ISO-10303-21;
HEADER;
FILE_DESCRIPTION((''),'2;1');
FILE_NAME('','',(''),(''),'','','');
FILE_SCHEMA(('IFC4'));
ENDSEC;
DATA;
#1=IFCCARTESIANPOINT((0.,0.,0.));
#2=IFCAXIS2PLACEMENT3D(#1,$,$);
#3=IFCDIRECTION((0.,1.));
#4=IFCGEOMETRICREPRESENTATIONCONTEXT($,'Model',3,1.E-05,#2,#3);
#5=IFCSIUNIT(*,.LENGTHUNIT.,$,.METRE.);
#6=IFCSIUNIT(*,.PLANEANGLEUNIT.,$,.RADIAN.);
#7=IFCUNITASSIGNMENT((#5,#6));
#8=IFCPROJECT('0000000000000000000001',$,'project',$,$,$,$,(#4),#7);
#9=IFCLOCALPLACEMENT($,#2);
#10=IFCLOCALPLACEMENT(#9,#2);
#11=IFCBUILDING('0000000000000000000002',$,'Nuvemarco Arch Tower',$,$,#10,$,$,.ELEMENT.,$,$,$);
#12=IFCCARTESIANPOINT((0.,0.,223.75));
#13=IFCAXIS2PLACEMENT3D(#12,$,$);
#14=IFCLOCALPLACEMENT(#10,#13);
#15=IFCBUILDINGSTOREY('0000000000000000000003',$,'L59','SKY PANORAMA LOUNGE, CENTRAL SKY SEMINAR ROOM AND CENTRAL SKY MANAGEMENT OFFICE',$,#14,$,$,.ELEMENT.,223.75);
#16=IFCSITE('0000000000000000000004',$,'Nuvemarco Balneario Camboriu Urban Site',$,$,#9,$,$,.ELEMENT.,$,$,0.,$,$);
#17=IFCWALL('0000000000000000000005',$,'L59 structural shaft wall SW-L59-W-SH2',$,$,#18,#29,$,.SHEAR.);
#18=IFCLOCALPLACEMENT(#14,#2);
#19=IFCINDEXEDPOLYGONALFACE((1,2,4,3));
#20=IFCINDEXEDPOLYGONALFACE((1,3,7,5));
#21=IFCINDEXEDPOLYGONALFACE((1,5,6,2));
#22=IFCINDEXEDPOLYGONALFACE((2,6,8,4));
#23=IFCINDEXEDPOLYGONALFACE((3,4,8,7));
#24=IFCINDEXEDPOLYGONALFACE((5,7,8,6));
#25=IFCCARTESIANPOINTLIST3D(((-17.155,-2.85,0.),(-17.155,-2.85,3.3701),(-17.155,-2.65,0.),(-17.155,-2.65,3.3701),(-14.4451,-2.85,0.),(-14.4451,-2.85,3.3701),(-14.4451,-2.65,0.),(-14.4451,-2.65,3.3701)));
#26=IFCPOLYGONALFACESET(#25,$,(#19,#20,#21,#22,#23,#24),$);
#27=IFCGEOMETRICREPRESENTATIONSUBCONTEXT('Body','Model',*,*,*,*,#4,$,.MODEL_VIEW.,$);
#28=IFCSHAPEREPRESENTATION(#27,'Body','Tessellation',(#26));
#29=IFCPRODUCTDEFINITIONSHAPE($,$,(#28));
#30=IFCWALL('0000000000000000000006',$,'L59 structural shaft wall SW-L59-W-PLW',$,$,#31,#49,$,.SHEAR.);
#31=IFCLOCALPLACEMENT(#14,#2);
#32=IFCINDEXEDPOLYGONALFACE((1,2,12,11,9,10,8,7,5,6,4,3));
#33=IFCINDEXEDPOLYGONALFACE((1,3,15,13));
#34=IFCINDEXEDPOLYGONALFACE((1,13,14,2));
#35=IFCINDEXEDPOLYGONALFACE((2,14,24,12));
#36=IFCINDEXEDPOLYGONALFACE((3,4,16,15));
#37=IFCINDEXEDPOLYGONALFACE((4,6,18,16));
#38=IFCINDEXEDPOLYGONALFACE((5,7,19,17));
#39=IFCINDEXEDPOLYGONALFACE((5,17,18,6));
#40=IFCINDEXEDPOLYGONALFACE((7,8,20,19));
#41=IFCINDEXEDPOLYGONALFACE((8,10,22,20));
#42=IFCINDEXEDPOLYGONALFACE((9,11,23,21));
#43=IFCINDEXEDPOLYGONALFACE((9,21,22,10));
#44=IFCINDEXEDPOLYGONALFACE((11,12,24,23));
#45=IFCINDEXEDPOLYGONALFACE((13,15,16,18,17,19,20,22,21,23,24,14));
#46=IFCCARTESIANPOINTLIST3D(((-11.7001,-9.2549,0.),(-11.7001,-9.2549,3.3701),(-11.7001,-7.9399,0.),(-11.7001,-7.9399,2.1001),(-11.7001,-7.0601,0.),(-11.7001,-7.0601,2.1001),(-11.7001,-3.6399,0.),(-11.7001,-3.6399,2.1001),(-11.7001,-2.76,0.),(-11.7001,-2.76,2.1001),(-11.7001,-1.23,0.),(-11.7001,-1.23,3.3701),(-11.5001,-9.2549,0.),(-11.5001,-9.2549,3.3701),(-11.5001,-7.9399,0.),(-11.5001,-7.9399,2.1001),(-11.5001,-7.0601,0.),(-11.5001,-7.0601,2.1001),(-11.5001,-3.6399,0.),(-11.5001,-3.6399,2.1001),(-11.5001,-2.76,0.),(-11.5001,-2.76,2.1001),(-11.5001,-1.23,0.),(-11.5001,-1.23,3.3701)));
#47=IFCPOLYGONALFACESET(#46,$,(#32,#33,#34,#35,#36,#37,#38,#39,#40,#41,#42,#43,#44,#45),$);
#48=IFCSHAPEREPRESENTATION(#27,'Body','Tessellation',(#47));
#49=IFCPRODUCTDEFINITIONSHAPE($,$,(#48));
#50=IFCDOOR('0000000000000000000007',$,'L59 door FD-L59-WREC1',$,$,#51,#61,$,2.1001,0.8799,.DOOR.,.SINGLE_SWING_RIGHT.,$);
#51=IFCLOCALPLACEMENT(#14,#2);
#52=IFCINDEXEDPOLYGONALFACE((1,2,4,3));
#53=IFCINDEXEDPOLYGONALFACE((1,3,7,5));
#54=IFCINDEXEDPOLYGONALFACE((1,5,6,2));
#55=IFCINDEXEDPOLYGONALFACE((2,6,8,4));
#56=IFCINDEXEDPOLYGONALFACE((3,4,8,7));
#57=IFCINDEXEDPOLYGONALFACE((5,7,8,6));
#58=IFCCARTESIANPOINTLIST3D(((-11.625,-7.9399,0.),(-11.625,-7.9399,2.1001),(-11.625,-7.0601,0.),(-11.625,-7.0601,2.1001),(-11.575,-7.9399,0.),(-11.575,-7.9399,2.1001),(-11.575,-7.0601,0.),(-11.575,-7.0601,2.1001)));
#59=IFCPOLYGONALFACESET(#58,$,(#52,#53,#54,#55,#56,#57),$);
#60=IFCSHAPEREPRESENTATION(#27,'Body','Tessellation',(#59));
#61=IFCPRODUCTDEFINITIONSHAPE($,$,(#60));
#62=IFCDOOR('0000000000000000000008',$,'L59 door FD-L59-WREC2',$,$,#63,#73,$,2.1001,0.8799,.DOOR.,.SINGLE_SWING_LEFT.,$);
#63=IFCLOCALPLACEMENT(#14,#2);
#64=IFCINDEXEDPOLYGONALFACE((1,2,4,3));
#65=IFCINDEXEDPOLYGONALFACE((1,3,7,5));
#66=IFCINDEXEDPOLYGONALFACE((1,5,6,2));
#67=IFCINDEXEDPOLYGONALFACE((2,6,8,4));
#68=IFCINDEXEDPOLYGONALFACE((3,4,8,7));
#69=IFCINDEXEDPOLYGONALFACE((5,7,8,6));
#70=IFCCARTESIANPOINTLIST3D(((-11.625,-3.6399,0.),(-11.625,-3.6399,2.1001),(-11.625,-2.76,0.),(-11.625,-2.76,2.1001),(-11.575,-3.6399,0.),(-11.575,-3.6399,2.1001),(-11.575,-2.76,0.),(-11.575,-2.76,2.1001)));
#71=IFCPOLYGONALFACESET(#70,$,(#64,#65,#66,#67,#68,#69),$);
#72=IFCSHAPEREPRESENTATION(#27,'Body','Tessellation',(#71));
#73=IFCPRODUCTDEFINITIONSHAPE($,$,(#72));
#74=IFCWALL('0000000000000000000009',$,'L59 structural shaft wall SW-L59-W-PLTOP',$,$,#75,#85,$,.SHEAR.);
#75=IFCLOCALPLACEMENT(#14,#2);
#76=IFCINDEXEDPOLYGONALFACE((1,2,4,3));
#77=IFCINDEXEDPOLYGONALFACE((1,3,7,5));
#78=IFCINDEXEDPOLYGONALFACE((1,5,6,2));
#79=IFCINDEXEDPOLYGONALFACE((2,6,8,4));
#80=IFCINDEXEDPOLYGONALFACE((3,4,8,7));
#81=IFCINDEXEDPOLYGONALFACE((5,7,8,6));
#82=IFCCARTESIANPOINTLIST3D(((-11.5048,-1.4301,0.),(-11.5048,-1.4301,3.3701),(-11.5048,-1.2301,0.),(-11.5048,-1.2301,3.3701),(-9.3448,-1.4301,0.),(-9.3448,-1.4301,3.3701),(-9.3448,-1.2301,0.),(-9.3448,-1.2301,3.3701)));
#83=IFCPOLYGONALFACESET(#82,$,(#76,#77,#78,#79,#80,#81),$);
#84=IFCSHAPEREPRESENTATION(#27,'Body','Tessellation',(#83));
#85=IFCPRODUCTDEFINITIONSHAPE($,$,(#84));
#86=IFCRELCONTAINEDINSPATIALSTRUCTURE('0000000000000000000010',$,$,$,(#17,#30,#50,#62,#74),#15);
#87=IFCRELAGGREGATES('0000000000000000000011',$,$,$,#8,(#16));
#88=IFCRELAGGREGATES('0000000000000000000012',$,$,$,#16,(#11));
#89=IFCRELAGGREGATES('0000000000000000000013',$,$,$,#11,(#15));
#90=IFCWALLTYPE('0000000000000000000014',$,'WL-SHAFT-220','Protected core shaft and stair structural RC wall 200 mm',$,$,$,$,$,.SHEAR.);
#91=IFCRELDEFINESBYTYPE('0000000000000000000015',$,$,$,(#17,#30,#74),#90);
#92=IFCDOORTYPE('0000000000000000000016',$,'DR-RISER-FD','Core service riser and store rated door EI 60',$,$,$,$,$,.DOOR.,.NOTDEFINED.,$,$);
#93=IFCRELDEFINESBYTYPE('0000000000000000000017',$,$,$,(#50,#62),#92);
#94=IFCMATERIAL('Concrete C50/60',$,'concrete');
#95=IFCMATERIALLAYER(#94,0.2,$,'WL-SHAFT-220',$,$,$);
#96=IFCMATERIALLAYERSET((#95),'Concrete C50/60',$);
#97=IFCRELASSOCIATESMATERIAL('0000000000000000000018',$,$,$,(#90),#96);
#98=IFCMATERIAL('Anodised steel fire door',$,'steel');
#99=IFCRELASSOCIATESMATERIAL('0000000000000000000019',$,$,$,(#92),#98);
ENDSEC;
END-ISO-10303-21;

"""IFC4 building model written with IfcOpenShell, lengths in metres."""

from ifc_helpers import new_model, si_unit, direction, frame, frame_2d, origin, place, context, subcontext, project, spatial, rectangle, extrude, source, transform, mapped, material, layer, layer_set, type_object, type_shapes, element, fill, save


model = new_model("IFC4")

# Units and contexts
model_context = context("Model", 3, precision=1e-05, world=origin(), true_north=direction((0.0, 1.0)))
body_context = subcontext(model_context, "Body", "Model", "MODEL_VIEW")
ifc_project = project(units=[si_unit("LENGTHUNIT", "METRE"), si_unit("PLANEANGLEUNIT", "RADIAN")], contexts=[model_context])

# Site, building, storey
site_placement = place(None, origin())
site = spatial("IfcSite", under=ifc_project, at=site_placement, Name="Nuvemarco Balneario Camboriu Urban Site", CompositionType="ELEMENT", RefElevation=0.0)
building_placement = place(site_placement, origin())
building = spatial("IfcBuilding", under=site, at=building_placement, Name="Nuvemarco Arch Tower", CompositionType="ELEMENT")
storey_placement = place(building_placement, frame((0.0, 0.0, 223.75)))
storey = spatial("IfcBuildingStorey", under=building, at=storey_placement, Name="L59", Description="SKY PANORAMA LOUNGE, CENTRAL SKY SEMINAR ROOM AND CENTRAL SKY MANAGEMENT OFFICE", CompositionType="ELEMENT", Elevation=223.75)

# Shared definitions
ifc_material_1 = material(Name="Concrete C50/60", Category="concrete")

# Shared definitions
ifc_material_2 = material(Name="Anodised steel fire door", Category="steel")

# Shared definitions
ifc_layer_1 = layer(ifc_material_1, 0.2, Name="WL-SHAFT-220")
ifc_layer_set_1 = layer_set([ifc_layer_1], Name="Concrete C50/60")
wall_type_1 = type_object("IfcWallType", Name="WL-SHAFT-220", Description="Protected core shaft and stair structural RC wall 200 mm", PredefinedType="SHEAR", material=ifc_layer_set_1)

# Shared definitions
door_type_1 = type_object("IfcDoorType", Name="DR-RISER-FD", Description="Core service riser and store rated door EI 60", OperationType="NOTDEFINED", PredefinedType="DOOR", material=ifc_material_2)
shared_shape_1 = source(origin(), body_context, "Body", "SweptSolid", [
    extrude(rectangle(XDim=0.8799, YDim=2.1001, at=frame_2d((0.4399, 1.05))), frame((0.0, 0.0249, 0.0), z_axis=(0.0, -1.0, 0.0), x_axis=(1.0, 0.0, 0.0)), (0.0, 0.0, 1.0), 0.05),
])
type_shapes(door_type_1, [shared_shape_1])

# Wall
wall_1_placement = place(storey_placement, frame((-17.155, -2.75, 0.0), z_axis=(0.0, 0.0, 1.0), x_axis=(1.0, 0.0, 0.0)))
element("IfcWall", 1, at=wall_1_placement, inside=storey, type_object=wall_type_1, Name="L59 structural shaft wall SW-L59-W-SH2", PredefinedType="SHEAR", context=body_context, shape_type="SweptSolid", body=[
    extrude(rectangle(XDim=2.71, YDim=0.2, at=frame_2d((1.355, 0.0))), origin(), (0.0, 0.0, 1.0), 3.3701),
])

# Wall, openings, doors
wall_2_placement = place(storey_placement, frame((-11.6001, -9.2549, 0.0), z_axis=(0.0, 0.0, 1.0), x_axis=(0.0, 1.0, 0.0)))
wall_2 = element("IfcWall", 2, at=wall_2_placement, inside=storey, type_object=wall_type_1, Name="L59 structural shaft wall SW-L59-W-PLW", PredefinedType="SHEAR", context=body_context, shape_type="SweptSolid", body=[
    extrude(rectangle(XDim=8.0249, YDim=0.2, at=frame_2d((4.0125, 0.0))), origin(), (0.0, 0.0, 1.0), 3.3701),
])
opening_1_placement = place(wall_2_placement, frame((1.3149, 0.0, 0.0)))
opening_1 = element("IfcOpeningElement", 3, at=opening_1_placement, cuts=wall_2, PredefinedType="OPENING", context=body_context, shape_type="SweptSolid", body=[
    extrude(rectangle(XDim=0.8799, YDim=2.1001, at=frame_2d((0.4399, 1.05))), frame((0.0, 0.1099, 0.0), z_axis=(0.0, -1.0, 0.0), x_axis=(1.0, 0.0, 0.0)), (0.0, 0.0, 1.0), 0.22),
])
opening_2_placement = place(wall_2_placement, frame((5.615, 0.0, 0.0)))
opening_2 = element("IfcOpeningElement", 4, at=opening_2_placement, cuts=wall_2, PredefinedType="OPENING", context=body_context, shape_type="SweptSolid", body=[
    extrude(rectangle(XDim=0.8799, YDim=2.1001, at=frame_2d((0.4399, 1.05))), frame((0.0, 0.1099, 0.0), z_axis=(0.0, -1.0, 0.0), x_axis=(1.0, 0.0, 0.0)), (0.0, 0.0, 1.0), 0.22),
])
door_1_placement = place(opening_1_placement, origin())
door_1 = element("IfcDoor", 5, at=door_1_placement, inside=storey, type_object=door_type_1, Name="L59 door FD-L59-WREC1", OperationType="SINGLE_SWING_RIGHT", OverallHeight=2.1001, OverallWidth=0.8799, PredefinedType="DOOR", context=body_context, shape_type="MappedRepresentation", body=[
    mapped(shared_shape_1, transform((0.0, 0.0, 0.0), scale=1.0)),
])
fill(opening_1, door_1)
door_2_placement = place(opening_2_placement, origin())
door_2 = element("IfcDoor", 6, at=door_2_placement, inside=storey, type_object=door_type_1, Name="L59 door FD-L59-WREC2", OperationType="SINGLE_SWING_LEFT", OverallHeight=2.1001, OverallWidth=0.8799, PredefinedType="DOOR", context=body_context, shape_type="MappedRepresentation", body=[
    mapped(shared_shape_1, transform((0.0, 0.0, 0.0), scale=1.0)),
])
fill(opening_2, door_2)

# Wall
wall_3_placement = place(storey_placement, frame((-11.5049, -1.3301, 0.0), z_axis=(0.0, 0.0, 1.0), x_axis=(1.0, 0.0, 0.0)))
element("IfcWall", 7, at=wall_3_placement, inside=storey, type_object=wall_type_1, Name="L59 structural shaft wall SW-L59-W-PLTOP", PredefinedType="SHEAR", context=body_context, shape_type="SweptSolid", body=[
    extrude(rectangle(XDim=2.1599, YDim=0.2, at=frame_2d((1.0801, 0.0))), origin(), (0.0, 0.0, 1.0), 3.3701),
])

save(model, "model.ifc")
